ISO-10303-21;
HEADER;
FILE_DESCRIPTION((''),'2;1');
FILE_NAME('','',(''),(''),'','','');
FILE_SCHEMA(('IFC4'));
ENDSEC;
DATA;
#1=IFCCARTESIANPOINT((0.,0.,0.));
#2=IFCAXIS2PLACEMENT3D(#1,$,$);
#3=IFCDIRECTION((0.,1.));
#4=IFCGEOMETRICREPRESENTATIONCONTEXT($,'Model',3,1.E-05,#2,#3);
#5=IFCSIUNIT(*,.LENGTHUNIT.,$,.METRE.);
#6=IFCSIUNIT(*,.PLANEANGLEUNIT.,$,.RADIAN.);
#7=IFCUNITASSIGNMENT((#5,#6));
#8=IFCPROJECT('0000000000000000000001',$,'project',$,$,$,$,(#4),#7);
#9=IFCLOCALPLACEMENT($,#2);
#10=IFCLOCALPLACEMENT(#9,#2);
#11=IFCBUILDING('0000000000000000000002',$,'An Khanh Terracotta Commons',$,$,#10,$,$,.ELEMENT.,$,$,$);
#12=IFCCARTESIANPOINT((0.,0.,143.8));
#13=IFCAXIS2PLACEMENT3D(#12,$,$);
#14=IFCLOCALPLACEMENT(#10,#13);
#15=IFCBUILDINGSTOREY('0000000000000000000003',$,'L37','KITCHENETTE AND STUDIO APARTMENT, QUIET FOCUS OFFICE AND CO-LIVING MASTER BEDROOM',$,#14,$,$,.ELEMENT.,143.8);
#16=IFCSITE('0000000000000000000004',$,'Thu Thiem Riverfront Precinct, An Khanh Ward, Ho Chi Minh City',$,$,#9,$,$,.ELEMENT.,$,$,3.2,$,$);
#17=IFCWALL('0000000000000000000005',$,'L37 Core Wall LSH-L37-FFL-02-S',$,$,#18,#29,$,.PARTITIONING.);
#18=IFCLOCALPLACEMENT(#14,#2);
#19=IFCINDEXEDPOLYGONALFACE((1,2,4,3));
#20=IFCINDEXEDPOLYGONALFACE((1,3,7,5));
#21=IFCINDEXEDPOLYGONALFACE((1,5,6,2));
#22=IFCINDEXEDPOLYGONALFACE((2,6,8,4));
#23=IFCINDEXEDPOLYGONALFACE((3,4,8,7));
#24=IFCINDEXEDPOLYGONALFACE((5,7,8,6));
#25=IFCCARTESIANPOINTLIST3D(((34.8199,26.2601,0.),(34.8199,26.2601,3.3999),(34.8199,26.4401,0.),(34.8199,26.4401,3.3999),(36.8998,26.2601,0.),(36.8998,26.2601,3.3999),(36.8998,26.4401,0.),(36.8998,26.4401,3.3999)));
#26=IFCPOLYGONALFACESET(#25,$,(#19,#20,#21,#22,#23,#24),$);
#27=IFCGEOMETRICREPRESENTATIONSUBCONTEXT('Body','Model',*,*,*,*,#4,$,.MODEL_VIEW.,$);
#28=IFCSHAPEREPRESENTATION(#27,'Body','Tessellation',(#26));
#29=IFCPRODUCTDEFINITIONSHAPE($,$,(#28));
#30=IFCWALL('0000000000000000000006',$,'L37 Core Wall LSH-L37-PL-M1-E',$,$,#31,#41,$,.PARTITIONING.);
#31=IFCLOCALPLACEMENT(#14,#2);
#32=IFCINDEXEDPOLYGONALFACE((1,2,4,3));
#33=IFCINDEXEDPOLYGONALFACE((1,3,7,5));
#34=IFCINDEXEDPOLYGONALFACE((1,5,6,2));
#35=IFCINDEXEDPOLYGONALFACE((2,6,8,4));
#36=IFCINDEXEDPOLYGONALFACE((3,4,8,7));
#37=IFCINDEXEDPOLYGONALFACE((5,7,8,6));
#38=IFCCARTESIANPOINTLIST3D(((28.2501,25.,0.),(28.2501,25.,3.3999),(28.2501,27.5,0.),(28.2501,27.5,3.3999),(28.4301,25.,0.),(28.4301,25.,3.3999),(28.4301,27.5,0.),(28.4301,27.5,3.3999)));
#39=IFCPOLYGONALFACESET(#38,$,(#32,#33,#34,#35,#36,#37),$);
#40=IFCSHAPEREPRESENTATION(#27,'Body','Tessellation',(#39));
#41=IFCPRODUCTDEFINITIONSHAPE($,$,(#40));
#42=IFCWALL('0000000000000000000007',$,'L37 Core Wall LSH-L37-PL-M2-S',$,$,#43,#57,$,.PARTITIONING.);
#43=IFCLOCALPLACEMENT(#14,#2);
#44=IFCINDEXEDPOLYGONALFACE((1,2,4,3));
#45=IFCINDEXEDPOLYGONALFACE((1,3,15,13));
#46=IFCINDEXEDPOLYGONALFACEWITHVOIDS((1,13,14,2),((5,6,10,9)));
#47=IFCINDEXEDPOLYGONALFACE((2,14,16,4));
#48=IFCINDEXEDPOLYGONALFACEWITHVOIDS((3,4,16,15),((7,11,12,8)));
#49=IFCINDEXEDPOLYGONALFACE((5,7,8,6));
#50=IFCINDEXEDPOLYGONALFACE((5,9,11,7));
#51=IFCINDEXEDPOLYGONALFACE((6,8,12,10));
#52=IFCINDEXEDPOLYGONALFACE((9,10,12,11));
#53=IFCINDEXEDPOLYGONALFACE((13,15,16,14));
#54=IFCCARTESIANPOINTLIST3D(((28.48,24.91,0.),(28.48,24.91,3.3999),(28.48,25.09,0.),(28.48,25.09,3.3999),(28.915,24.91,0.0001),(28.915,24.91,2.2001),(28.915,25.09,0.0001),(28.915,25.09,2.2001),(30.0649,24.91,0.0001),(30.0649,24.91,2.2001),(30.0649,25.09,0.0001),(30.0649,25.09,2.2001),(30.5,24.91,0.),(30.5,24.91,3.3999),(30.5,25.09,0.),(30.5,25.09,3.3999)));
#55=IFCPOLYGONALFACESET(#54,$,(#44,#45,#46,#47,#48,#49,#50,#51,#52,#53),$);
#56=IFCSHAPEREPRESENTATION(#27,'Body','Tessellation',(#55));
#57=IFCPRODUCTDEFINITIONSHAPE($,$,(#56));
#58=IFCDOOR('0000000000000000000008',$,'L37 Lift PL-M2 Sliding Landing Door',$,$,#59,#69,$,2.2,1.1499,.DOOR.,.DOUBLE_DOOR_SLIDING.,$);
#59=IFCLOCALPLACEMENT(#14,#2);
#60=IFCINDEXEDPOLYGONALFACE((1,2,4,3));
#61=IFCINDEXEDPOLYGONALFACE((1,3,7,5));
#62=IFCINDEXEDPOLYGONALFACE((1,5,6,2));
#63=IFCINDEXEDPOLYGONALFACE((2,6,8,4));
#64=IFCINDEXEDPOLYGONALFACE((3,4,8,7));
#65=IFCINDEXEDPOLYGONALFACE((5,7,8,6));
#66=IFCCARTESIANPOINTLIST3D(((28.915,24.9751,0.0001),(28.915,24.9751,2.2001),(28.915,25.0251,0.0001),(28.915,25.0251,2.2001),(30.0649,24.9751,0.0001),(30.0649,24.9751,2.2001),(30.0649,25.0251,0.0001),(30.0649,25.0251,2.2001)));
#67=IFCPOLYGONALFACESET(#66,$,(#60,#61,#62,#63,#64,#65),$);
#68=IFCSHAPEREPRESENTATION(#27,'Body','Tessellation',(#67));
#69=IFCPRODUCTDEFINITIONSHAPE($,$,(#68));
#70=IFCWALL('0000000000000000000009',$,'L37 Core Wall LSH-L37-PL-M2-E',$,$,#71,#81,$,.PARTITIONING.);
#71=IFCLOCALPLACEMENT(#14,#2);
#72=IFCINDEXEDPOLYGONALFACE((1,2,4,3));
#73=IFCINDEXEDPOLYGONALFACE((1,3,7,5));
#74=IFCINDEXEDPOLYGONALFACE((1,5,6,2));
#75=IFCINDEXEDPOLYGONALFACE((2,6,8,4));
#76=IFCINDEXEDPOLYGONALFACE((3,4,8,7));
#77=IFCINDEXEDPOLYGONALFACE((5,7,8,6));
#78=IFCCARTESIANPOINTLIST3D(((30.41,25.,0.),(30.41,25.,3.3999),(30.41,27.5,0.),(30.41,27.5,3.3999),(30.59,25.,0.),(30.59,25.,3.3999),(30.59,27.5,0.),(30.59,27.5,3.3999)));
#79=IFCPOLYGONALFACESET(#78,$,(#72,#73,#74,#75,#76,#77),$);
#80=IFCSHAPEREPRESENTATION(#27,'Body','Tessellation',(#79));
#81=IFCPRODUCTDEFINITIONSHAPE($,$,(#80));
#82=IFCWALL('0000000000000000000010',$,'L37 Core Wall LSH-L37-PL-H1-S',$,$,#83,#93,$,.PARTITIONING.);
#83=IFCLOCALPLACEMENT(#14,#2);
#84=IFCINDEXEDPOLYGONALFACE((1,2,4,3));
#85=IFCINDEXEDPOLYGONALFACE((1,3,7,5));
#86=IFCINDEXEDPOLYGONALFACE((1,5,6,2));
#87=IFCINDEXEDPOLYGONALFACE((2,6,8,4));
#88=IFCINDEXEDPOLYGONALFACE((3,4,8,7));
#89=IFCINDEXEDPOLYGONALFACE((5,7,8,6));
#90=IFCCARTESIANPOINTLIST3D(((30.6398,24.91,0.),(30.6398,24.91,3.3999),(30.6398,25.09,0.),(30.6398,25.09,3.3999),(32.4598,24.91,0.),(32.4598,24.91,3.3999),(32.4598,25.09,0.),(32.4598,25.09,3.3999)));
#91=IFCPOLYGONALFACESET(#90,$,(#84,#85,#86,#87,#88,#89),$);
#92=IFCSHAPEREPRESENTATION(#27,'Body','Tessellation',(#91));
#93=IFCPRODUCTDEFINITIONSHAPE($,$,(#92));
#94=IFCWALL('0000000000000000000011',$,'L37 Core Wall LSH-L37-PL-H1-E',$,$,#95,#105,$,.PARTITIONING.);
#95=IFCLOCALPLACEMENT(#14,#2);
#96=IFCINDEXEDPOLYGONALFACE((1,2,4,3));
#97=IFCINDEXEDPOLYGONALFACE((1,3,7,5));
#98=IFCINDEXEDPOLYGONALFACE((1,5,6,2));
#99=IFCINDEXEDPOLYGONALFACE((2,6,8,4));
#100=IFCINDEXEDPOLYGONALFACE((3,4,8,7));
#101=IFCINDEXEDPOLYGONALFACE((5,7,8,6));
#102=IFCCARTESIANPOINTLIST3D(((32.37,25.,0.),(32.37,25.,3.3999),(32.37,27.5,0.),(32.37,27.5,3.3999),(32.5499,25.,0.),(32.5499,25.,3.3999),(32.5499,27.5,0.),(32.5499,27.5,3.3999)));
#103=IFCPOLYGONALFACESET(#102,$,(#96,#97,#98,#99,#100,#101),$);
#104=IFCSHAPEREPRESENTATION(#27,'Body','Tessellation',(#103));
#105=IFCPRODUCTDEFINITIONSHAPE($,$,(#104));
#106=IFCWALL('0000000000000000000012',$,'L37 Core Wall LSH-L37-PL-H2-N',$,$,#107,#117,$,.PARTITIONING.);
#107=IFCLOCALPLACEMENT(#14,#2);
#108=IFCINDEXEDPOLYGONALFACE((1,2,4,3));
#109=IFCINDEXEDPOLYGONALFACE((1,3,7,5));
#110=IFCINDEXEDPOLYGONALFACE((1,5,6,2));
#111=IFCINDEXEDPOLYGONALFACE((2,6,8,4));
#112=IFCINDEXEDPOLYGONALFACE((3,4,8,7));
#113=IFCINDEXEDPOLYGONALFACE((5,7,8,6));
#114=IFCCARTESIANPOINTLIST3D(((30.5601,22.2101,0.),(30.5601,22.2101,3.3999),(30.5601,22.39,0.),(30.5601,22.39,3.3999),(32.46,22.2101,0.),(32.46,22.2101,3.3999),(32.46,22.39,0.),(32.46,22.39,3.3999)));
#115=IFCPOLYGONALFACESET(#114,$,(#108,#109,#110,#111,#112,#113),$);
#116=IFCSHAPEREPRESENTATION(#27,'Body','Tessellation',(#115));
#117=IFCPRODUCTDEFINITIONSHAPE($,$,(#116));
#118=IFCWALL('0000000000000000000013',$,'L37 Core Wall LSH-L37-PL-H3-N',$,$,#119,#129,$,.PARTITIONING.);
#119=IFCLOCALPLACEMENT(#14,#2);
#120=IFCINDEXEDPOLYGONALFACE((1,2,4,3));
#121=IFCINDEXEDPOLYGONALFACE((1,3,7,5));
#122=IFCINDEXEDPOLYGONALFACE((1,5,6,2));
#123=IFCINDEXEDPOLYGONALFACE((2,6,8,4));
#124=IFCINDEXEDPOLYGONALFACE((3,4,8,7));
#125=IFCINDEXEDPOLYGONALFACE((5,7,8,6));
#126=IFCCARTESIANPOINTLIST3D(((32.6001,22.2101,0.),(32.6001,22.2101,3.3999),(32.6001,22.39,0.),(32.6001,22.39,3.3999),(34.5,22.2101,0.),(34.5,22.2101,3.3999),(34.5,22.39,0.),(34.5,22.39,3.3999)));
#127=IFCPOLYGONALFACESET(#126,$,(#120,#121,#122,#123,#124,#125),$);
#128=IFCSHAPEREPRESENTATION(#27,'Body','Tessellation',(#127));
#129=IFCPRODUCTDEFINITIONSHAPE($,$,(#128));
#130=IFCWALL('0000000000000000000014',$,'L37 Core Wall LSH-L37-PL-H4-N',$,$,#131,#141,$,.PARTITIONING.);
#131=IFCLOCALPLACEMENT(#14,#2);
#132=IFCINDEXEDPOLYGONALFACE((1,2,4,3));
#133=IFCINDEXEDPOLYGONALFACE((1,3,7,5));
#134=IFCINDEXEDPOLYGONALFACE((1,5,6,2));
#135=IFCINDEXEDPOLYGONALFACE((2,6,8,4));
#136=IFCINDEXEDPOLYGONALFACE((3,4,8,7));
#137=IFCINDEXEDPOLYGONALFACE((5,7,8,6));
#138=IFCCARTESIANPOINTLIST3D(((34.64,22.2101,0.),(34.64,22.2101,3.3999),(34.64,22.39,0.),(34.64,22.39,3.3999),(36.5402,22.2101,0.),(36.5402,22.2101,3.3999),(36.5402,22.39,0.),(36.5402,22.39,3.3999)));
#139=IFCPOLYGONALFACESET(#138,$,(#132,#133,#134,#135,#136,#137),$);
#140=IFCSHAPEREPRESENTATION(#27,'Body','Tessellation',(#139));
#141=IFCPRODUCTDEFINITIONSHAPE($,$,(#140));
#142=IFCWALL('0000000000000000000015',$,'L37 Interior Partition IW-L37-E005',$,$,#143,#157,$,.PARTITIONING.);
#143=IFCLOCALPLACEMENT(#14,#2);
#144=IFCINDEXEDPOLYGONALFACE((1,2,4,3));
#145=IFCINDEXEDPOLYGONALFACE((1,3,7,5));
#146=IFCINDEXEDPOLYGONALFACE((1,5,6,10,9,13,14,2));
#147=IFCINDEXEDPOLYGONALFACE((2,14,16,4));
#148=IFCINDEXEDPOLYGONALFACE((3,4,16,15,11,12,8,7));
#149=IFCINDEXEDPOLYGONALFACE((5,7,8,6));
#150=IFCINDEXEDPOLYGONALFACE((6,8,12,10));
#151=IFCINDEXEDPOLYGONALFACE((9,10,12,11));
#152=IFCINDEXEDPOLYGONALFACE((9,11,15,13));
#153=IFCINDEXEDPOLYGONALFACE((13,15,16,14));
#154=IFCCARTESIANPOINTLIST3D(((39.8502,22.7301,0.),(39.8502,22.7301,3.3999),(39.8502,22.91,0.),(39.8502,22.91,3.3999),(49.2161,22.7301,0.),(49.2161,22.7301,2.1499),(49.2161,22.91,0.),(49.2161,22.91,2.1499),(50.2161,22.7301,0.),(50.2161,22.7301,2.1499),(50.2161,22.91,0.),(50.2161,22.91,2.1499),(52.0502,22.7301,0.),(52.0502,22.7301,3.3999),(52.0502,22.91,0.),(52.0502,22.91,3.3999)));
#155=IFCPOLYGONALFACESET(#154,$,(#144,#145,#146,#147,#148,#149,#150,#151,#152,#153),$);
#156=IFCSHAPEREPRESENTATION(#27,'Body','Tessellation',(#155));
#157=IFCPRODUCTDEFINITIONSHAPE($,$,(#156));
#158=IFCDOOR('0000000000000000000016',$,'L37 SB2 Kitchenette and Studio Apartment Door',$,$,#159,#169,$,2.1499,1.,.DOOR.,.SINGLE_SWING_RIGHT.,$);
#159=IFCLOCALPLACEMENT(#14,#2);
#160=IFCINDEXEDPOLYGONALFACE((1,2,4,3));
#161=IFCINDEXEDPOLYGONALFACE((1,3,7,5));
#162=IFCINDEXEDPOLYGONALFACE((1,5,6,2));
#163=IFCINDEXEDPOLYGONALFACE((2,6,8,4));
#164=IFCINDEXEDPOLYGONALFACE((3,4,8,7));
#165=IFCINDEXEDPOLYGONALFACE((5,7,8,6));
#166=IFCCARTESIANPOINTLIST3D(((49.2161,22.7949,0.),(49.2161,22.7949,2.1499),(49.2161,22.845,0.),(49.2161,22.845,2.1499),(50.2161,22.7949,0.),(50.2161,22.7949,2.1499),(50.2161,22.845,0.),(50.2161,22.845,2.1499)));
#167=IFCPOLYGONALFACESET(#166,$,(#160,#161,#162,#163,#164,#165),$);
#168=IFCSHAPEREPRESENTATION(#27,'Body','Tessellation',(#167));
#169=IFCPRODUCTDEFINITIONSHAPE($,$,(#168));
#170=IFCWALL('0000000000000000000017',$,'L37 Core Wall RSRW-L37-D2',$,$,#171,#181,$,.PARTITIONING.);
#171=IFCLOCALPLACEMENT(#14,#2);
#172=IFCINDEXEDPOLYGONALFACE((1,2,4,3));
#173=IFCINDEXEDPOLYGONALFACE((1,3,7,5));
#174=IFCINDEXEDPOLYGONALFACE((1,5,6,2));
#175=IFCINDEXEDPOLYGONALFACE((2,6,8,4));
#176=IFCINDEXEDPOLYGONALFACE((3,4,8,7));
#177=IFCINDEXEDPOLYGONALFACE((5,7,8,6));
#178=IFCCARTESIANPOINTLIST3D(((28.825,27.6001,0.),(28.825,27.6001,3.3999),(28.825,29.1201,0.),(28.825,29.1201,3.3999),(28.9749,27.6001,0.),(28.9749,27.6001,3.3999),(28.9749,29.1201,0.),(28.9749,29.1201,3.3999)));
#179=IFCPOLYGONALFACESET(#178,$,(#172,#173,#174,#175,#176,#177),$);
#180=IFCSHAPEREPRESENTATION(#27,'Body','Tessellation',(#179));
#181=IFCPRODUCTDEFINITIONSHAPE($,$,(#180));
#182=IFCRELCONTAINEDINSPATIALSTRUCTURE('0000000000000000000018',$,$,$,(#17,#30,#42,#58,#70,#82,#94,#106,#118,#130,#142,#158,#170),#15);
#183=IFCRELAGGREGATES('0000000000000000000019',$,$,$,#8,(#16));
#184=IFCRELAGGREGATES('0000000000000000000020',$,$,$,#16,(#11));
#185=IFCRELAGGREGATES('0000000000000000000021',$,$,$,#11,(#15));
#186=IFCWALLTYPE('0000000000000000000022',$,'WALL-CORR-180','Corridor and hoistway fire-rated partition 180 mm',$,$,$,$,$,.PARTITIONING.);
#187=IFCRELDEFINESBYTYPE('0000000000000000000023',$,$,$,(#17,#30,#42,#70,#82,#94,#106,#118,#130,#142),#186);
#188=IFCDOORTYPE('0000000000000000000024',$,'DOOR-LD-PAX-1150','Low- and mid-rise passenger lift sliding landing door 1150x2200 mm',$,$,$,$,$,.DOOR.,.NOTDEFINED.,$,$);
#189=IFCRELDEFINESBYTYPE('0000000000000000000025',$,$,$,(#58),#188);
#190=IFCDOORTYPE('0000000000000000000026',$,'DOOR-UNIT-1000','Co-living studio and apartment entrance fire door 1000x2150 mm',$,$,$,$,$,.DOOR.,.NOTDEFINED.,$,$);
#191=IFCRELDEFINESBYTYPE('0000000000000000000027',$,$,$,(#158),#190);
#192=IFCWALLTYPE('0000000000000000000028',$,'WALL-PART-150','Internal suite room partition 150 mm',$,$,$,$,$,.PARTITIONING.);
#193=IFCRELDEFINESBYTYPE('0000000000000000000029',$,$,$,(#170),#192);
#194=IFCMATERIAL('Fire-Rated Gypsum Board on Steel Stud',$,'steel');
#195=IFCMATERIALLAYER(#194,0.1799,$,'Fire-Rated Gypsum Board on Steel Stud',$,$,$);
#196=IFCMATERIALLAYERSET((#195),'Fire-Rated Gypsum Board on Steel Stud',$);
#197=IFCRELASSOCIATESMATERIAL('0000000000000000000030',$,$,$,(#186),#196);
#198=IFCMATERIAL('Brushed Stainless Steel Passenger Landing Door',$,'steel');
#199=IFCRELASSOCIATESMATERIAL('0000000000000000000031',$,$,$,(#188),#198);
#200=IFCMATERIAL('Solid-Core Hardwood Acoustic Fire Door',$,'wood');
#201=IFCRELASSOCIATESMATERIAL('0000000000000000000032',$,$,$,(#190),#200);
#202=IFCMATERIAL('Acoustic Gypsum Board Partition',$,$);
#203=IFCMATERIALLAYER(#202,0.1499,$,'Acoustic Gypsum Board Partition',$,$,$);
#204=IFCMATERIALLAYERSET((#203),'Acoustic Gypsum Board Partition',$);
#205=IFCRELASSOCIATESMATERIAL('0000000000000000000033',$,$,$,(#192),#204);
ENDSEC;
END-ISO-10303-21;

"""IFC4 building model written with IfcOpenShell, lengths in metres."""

from ifc_helpers import new_model, si_unit, direction, frame, frame_2d, origin, place, context, subcontext, project, spatial, rectangle, extrude, material, layer, layer_set, type_object, element, fill, save


model = new_model("IFC4")

# Units and contexts
model_context = context("Model", 3, precision=1e-05, world=origin(), true_north=direction((0.0, 1.0)))
body_context = subcontext(model_context, "Body", "Model", "MODEL_VIEW")
ifc_project = project(units=[si_unit("LENGTHUNIT", "METRE"), si_unit("PLANEANGLEUNIT", "RADIAN")], contexts=[model_context])

# Site, building, storey
site_placement = place(None, origin())
site = spatial("IfcSite", under=ifc_project, at=site_placement, Name="Thu Thiem Riverfront Precinct, An Khanh Ward, Ho Chi Minh City", CompositionType="ELEMENT", RefElevation=3.2)
building_placement = place(site_placement, origin())
building = spatial("IfcBuilding", under=site, at=building_placement, Name="An Khanh Terracotta Commons", CompositionType="ELEMENT")
storey_placement = place(building_placement, frame((0.0, 0.0, 143.8)))
storey = spatial("IfcBuildingStorey", under=building, at=storey_placement, Name="L37", Description="KITCHENETTE AND STUDIO APARTMENT, QUIET FOCUS OFFICE AND CO-LIVING MASTER BEDROOM", CompositionType="ELEMENT", Elevation=143.8)

# Walls
ifc_material_1 = material(Name="Fire-Rated Gypsum Board on Steel Stud", Category="steel")
ifc_layer_1 = layer(ifc_material_1, 0.1799, Name="Fire-Rated Gypsum Board on Steel Stud")
ifc_layer_set_1 = layer_set([ifc_layer_1], Name="Fire-Rated Gypsum Board on Steel Stud")
wall_type_1 = type_object("IfcWallType", Name="WALL-CORR-180", Description="Corridor and hoistway fire-rated partition 180 mm", PredefinedType="PARTITIONING", material=ifc_layer_set_1)
wall_1_placement = place(storey_placement, frame((36.8999, 26.3501, 0.0), z_axis=(0.0, 0.0, 1.0), x_axis=(-1.0, 0.0, 0.0)))
element("IfcWall", 1, at=wall_1_placement, inside=storey, type_object=wall_type_1, Name="L37 Core Wall LSH-L37-FFL-02-S", PredefinedType="PARTITIONING", context=body_context, shape_type="SweptSolid", body=[
    extrude(rectangle(XDim=2.0798, YDim=0.1799, at=frame_2d((1.04, 0.0))), origin(), (0.0, 0.0, 1.0), 3.3999),
])
wall_2_placement = place(storey_placement, frame((28.3401, 25.0, 0.0), z_axis=(0.0, 0.0, 1.0), x_axis=(0.0, 1.0, 0.0)))
element("IfcWall", 2, at=wall_2_placement, inside=storey, type_object=wall_type_1, Name="L37 Core Wall LSH-L37-PL-M1-E", PredefinedType="PARTITIONING", context=body_context, shape_type="SweptSolid", body=[
    extrude(rectangle(XDim=2.5, YDim=0.1799, at=frame_2d((1.25, 0.0))), origin(), (0.0, 0.0, 1.0), 3.3999),
])

# Wall, opening, door
wall_3_placement = place(storey_placement, frame((30.5, 25.0, 0.0), z_axis=(0.0, 0.0, 1.0), x_axis=(-1.0, 0.0, 0.0)))
wall_3 = element("IfcWall", 3, at=wall_3_placement, inside=storey, type_object=wall_type_1, Name="L37 Core Wall LSH-L37-PL-M2-S", PredefinedType="PARTITIONING", context=body_context, shape_type="SweptSolid", body=[
    extrude(rectangle(XDim=2.02, YDim=0.1799, at=frame_2d((1.01, 0.0))), origin(), (0.0, 0.0, 1.0), 3.3999),
])
opening_1_placement = place(wall_3_placement, frame((0.4351, 0.0, 0.0)))
opening_1 = element("IfcOpeningElement", 4, at=opening_1_placement, cuts=wall_3, PredefinedType="OPENING", context=body_context, shape_type="SweptSolid", body=[
    extrude(rectangle(XDim=1.1499, YDim=2.2, at=frame_2d((0.575, 1.1001))), frame((0.0, 0.0999, 0.0), z_axis=(0.0, -1.0, 0.0), x_axis=(1.0, 0.0, 0.0)), (0.0, 0.0, 1.0), 0.2),
])
ifc_material_2 = material(Name="Brushed Stainless Steel Passenger Landing Door", Category="steel")
door_type_1 = type_object("IfcDoorType", Name="DOOR-LD-PAX-1150", Description="Low- and mid-rise passenger lift sliding landing door 1150x2200 mm", OperationType="NOTDEFINED", PredefinedType="DOOR", material=ifc_material_2)
door_1_placement = place(opening_1_placement, origin())
door_1 = element("IfcDoor", 5, at=door_1_placement, inside=storey, type_object=door_type_1, Name="L37 Lift PL-M2 Sliding Landing Door", OperationType="DOUBLE_DOOR_SLIDING", OverallHeight=2.2, OverallWidth=1.1499, PredefinedType="DOOR", context=body_context, shape_type="SweptSolid", body=[
    extrude(rectangle(XDim=1.1499, YDim=2.2, at=frame_2d((0.575, 1.1001))), frame((0.0, 0.0249, 0.0), z_axis=(0.0, -1.0, 0.0), x_axis=(1.0, 0.0, 0.0)), (0.0, 0.0, 1.0), 0.05),
])
fill(opening_1, door_1)

# Walls
wall_4_placement = place(storey_placement, frame((30.5, 25.0, 0.0), z_axis=(0.0, 0.0, 1.0), x_axis=(0.0, 1.0, 0.0)))
element("IfcWall", 6, at=wall_4_placement, inside=storey, type_object=wall_type_1, Name="L37 Core Wall LSH-L37-PL-M2-E", PredefinedType="PARTITIONING", context=body_context, shape_type="SweptSolid", body=[
    extrude(rectangle(XDim=2.5, YDim=0.1799, at=frame_2d((1.25, 0.0))), origin(), (0.0, 0.0, 1.0), 3.3999),
])
wall_5_placement = place(storey_placement, frame((32.46, 25.0, 0.0), z_axis=(0.0, 0.0, 1.0), x_axis=(-1.0, 0.0, 0.0)))
element("IfcWall", 7, at=wall_5_placement, inside=storey, type_object=wall_type_1, Name="L37 Core Wall LSH-L37-PL-H1-S", PredefinedType="PARTITIONING", context=body_context, shape_type="SweptSolid", body=[
    extrude(rectangle(XDim=1.8201, YDim=0.1799, at=frame_2d((0.9102, 0.0))), origin(), (0.0, 0.0, 1.0), 3.3999),
])
wall_6_placement = place(storey_placement, frame((32.46, 25.0, 0.0), z_axis=(0.0, 0.0, 1.0), x_axis=(0.0, 1.0, 0.0)))
element("IfcWall", 8, at=wall_6_placement, inside=storey, type_object=wall_type_1, Name="L37 Core Wall LSH-L37-PL-H1-E", PredefinedType="PARTITIONING", context=body_context, shape_type="SweptSolid", body=[
    extrude(rectangle(XDim=2.5, YDim=0.1799, at=frame_2d((1.25, 0.0))), origin(), (0.0, 0.0, 1.0), 3.3999),
])
for number, where, z_axis, x_axis, name in (
    (9, (30.5601, 22.3, 0.0), (0.0, 0.0, 1.0), (1.0, 0.0, 0.0), "L37 Core Wall LSH-L37-PL-H2-N"),
    (10, (32.6001, 22.3, 0.0), (0.0, 0.0, 1.0), (1.0, 0.0, 0.0), "L37 Core Wall LSH-L37-PL-H3-N"),
):
    element("IfcWall", number, at=place(storey_placement, frame(where, z_axis=z_axis, x_axis=x_axis)), inside=storey, type_object=wall_type_1, Name=name, PredefinedType="PARTITIONING", context=body_context, shape_type="SweptSolid", body=[
        extrude(rectangle(XDim=1.8999, YDim=0.1799, at=frame_2d((0.95, 0.0))), origin(), (0.0, 0.0, 1.0), 3.3999),
    ])
wall_7_placement = place(storey_placement, frame((34.6399, 22.3, 0.0), z_axis=(0.0, 0.0, 1.0), x_axis=(1.0, 0.0, 0.0)))
element("IfcWall", 11, at=wall_7_placement, inside=storey, type_object=wall_type_1, Name="L37 Core Wall LSH-L37-PL-H4-N", PredefinedType="PARTITIONING", context=body_context, shape_type="SweptSolid", body=[
    extrude(rectangle(XDim=1.9001, YDim=0.1799, at=frame_2d((0.9502, 0.0))), origin(), (0.0, 0.0, 1.0), 3.3999),
])

# Wall, opening, door
wall_8_placement = place(storey_placement, frame((39.8501, 22.8201, 0.0), z_axis=(0.0, 0.0, 1.0), x_axis=(1.0, 0.0, 0.0)))
wall_8 = element("IfcWall", 12, at=wall_8_placement, inside=storey, type_object=wall_type_1, Name="L37 Interior Partition IW-L37-E005", PredefinedType="PARTITIONING", context=body_context, shape_type="SweptSolid", body=[
    extrude(rectangle(XDim=12.2, YDim=0.1799, at=frame_2d((6.1001, 0.0))), origin(), (0.0, 0.0, 1.0), 3.3999),
])
opening_2_placement = place(wall_8_placement, frame((9.366, 0.0, 0.0)))
opening_2 = element("IfcOpeningElement", 13, at=opening_2_placement, cuts=wall_8, PredefinedType="OPENING", context=body_context, shape_type="SweptSolid", body=[
    extrude(rectangle(XDim=1.0, YDim=2.1499, at=frame_2d((0.5, 1.075))), frame((0.0, 0.0999, 0.0), z_axis=(0.0, -1.0, 0.0), x_axis=(1.0, 0.0, 0.0)), (0.0, 0.0, 1.0), 0.2),
])
ifc_material_3 = material(Name="Solid-Core Hardwood Acoustic Fire Door", Category="wood")
door_type_2 = type_object("IfcDoorType", Name="DOOR-UNIT-1000", Description="Co-living studio and apartment entrance fire door 1000x2150 mm", OperationType="NOTDEFINED", PredefinedType="DOOR", material=ifc_material_3)
door_2_placement = place(opening_2_placement, origin())
door_2 = element("IfcDoor", 14, at=door_2_placement, inside=storey, type_object=door_type_2, Name="L37 SB2 Kitchenette and Studio Apartment Door", OperationType="SINGLE_SWING_RIGHT", OverallHeight=2.1499, OverallWidth=1.0, PredefinedType="DOOR", context=body_context, shape_type="SweptSolid", body=[
    extrude(rectangle(XDim=1.0, YDim=2.1499, at=frame_2d((0.5, 1.075))), frame((0.0, 0.0249, 0.0), z_axis=(0.0, -1.0, 0.0), x_axis=(1.0, 0.0, 0.0)), (0.0, 0.0, 1.0), 0.05),
])
fill(opening_2, door_2)

# Wall
ifc_material_4 = material(Name="Acoustic Gypsum Board Partition")
ifc_layer_2 = layer(ifc_material_4, 0.1499, Name="Acoustic Gypsum Board Partition")
ifc_layer_set_2 = layer_set([ifc_layer_2], Name="Acoustic Gypsum Board Partition")
wall_type_2 = type_object("IfcWallType", Name="WALL-PART-150", Description="Internal suite room partition 150 mm", PredefinedType="PARTITIONING", material=ifc_layer_set_2)
wall_9_placement = place(storey_placement, frame((28.8999, 27.6001, 0.0), z_axis=(0.0, 0.0, 1.0), x_axis=(0.0, 1.0, 0.0)))
element("IfcWall", 15, at=wall_9_placement, inside=storey, type_object=wall_type_2, Name="L37 Core Wall RSRW-L37-D2", PredefinedType="PARTITIONING", context=body_context, shape_type="SweptSolid", body=[
    extrude(rectangle(XDim=1.52, YDim=0.1499, at=frame_2d((0.76, 0.0))), origin(), (0.0, 0.0, 1.0), 3.3999),
])

save(model, "model.ifc")
